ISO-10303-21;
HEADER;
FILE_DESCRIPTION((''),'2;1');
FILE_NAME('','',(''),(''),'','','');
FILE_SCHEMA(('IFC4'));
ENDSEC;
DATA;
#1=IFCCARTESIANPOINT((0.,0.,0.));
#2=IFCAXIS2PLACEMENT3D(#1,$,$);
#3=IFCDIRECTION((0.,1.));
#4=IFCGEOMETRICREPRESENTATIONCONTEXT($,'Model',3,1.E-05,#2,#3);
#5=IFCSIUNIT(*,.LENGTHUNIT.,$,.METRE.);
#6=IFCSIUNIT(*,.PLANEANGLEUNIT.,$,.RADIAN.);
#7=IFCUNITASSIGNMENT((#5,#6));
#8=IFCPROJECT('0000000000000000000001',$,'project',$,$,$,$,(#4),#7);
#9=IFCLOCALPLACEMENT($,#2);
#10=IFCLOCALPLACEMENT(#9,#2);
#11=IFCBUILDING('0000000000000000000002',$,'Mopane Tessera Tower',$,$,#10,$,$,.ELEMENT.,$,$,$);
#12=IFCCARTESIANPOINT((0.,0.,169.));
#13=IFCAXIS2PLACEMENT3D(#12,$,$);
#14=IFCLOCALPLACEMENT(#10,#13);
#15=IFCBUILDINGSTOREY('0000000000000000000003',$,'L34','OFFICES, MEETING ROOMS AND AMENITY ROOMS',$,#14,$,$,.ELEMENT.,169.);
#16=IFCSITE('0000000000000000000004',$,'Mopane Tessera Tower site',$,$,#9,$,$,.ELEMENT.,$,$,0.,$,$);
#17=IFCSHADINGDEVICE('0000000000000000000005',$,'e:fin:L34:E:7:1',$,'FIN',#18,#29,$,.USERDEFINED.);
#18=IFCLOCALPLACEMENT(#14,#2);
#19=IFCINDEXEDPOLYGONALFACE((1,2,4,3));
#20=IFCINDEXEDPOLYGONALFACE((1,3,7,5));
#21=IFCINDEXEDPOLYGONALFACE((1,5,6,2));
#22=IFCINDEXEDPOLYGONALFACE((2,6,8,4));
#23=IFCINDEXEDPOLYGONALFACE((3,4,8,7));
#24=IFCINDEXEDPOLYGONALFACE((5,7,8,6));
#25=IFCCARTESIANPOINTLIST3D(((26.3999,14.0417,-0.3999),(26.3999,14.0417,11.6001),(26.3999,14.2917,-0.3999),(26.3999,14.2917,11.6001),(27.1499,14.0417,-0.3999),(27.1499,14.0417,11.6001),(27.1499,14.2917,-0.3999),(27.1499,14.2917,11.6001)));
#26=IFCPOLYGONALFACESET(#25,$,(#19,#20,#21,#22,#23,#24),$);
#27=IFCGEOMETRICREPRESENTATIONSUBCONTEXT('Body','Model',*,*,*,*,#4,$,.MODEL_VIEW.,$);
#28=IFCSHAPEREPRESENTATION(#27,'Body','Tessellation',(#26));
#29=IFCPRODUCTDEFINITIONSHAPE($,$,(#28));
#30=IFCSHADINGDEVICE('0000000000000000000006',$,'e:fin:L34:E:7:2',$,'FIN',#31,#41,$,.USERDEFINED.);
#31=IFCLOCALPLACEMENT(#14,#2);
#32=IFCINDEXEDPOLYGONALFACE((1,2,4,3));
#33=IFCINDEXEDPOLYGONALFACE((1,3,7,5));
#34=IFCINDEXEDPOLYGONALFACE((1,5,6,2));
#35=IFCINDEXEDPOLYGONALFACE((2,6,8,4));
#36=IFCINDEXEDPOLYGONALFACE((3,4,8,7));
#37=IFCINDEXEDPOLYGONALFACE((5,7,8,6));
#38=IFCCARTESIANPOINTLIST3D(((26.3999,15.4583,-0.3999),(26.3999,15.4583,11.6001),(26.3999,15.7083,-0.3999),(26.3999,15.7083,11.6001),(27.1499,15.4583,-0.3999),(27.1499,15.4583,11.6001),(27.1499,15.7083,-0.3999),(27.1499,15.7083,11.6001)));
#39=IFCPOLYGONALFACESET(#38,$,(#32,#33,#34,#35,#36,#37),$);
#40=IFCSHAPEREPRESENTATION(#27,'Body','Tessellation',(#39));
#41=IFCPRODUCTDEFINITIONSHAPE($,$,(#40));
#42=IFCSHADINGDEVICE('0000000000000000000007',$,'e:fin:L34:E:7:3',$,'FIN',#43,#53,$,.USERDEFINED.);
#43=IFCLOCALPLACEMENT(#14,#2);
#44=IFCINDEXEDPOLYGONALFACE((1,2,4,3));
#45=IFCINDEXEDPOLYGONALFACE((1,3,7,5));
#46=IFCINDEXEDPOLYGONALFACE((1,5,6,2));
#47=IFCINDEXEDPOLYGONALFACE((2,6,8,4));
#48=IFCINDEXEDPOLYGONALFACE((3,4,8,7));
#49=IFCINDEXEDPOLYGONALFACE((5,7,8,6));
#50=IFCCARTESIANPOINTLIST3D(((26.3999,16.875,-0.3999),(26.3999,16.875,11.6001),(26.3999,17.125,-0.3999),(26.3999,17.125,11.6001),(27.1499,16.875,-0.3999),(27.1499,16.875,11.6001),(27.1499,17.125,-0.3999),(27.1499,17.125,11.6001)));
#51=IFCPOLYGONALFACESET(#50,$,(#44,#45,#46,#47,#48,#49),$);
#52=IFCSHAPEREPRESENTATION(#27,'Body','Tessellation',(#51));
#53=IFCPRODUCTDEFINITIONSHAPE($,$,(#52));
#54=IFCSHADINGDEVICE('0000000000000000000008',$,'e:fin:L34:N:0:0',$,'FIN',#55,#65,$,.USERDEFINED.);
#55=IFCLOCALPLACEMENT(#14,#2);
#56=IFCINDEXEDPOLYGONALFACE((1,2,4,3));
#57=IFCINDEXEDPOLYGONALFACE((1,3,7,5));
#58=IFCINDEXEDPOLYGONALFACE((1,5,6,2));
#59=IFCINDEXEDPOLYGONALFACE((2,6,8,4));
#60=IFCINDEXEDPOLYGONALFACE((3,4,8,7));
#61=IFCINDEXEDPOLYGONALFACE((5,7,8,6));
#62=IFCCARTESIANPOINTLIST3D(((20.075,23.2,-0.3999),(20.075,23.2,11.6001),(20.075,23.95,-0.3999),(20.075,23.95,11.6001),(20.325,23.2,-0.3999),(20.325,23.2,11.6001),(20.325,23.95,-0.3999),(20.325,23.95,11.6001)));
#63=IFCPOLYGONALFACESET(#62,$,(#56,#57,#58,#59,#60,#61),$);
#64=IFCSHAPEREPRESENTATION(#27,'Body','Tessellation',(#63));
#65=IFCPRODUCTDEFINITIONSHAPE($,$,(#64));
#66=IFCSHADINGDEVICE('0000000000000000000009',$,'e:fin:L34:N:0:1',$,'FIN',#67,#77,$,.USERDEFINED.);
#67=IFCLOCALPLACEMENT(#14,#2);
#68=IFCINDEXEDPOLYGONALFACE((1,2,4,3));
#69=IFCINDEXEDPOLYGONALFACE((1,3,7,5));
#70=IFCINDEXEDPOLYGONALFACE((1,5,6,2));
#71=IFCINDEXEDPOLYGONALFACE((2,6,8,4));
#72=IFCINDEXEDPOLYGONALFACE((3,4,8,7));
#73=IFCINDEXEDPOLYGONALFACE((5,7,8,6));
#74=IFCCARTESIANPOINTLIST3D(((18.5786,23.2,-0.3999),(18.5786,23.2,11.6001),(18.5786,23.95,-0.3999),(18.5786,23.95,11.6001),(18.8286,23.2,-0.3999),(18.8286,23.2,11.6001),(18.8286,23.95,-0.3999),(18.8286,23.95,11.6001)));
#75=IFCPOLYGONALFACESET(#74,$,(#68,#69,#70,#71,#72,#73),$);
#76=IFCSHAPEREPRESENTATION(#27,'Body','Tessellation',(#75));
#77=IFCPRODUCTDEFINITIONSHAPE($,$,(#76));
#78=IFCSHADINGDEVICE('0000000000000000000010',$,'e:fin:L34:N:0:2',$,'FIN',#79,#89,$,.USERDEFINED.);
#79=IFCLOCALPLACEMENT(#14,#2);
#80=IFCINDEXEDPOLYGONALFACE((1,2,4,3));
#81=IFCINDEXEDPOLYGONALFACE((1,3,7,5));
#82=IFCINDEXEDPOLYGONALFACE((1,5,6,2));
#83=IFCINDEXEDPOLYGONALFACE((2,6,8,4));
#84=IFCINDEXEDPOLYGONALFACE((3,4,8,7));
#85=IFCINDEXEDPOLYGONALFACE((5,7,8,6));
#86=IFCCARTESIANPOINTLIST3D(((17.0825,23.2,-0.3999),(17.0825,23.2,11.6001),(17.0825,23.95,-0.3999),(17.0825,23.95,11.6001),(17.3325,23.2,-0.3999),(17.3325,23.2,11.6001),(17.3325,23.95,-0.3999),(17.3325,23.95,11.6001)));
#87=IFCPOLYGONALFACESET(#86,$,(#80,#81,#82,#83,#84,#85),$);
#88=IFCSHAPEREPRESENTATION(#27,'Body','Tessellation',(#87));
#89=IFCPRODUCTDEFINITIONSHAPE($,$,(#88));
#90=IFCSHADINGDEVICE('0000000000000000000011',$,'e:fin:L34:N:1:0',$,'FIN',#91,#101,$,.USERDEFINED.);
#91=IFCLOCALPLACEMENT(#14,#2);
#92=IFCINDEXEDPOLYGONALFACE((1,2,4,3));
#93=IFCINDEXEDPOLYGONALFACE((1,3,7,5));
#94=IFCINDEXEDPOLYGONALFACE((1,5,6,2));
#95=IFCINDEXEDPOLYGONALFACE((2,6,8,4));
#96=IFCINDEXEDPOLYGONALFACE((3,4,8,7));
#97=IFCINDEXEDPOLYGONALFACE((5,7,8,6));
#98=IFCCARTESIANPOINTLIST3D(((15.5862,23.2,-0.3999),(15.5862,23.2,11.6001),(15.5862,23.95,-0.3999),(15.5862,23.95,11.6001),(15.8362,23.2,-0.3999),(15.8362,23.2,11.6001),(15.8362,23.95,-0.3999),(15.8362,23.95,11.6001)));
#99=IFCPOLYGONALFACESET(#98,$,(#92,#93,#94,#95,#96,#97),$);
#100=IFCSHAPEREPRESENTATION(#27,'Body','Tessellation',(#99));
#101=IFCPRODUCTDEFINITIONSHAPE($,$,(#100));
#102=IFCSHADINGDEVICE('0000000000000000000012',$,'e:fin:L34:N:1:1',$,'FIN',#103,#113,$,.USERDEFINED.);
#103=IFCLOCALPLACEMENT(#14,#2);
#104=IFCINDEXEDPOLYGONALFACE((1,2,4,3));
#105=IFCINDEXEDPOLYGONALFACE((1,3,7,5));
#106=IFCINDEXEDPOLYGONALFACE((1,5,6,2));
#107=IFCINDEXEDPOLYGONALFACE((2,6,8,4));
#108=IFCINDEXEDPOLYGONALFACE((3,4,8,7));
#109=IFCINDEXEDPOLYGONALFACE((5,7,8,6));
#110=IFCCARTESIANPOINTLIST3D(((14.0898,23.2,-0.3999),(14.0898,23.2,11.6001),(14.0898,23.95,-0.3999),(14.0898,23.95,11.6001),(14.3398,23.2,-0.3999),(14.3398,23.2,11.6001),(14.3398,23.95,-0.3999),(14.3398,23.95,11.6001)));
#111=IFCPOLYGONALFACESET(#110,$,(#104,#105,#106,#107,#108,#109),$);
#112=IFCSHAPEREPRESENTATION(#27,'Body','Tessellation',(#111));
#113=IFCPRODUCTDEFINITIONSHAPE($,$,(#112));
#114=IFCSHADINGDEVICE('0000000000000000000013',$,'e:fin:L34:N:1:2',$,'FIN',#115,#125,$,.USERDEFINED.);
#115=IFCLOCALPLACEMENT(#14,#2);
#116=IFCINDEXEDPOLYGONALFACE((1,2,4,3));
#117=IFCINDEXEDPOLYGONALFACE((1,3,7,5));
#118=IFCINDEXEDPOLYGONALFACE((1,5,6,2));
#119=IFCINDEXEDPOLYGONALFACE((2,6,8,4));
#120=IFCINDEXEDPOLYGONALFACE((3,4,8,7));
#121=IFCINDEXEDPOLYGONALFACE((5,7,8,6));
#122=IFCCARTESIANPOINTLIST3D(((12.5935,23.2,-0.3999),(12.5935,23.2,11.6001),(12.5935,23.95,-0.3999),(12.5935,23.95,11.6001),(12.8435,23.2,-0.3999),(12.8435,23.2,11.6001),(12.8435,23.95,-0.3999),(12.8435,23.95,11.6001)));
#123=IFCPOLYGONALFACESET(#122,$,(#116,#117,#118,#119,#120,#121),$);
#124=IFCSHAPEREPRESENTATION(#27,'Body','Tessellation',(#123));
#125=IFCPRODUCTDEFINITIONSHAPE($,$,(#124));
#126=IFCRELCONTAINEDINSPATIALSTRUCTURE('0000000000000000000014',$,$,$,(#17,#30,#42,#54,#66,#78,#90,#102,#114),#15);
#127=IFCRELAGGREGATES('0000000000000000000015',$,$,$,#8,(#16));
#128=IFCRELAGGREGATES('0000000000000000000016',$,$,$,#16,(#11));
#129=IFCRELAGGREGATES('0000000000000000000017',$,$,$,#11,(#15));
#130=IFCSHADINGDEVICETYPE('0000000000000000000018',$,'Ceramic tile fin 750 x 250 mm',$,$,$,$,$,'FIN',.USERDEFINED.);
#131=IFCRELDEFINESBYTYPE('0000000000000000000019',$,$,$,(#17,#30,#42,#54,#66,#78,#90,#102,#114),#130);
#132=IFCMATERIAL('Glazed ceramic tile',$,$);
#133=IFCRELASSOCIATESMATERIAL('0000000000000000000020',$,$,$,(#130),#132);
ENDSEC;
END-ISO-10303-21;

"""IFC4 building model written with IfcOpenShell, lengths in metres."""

from ifc_helpers import new_model, si_unit, direction, frame, origin, origin_2d, place, context, subcontext, project, spatial, rectangle, extrude, material, type_object, element, save


model = new_model("IFC4")

# Units and contexts
model_context = context("Model", 3, precision=1e-05, world=origin(), true_north=direction((0.0, 1.0)))
body_context = subcontext(model_context, "Body", "Model", "MODEL_VIEW")
ifc_project = project(units=[si_unit("LENGTHUNIT", "METRE"), si_unit("PLANEANGLEUNIT", "RADIAN")], contexts=[model_context])

# Site, building, storey
site_placement = place(None, origin())
site = spatial("IfcSite", under=ifc_project, at=site_placement, Name="Mopane Tessera Tower site", CompositionType="ELEMENT", RefElevation=0.0)
building_placement = place(site_placement, origin())
building = spatial("IfcBuilding", under=site, at=building_placement, Name="Mopane Tessera Tower", CompositionType="ELEMENT")
storey_placement = place(building_placement, frame((0.0, 0.0, 169.0)))
storey = spatial("IfcBuildingStorey", under=building, at=storey_placement, Name="L34", Description="OFFICES, MEETING ROOMS AND AMENITY ROOMS", CompositionType="ELEMENT", Elevation=169.0)

# Shading devices
ifc_material_1 = material(Name="Glazed ceramic tile")
shading_device_type = type_object("IfcShadingDeviceType", Name="Ceramic tile fin 750 x 250 mm", ElementType="FIN", PredefinedType="USERDEFINED", material=ifc_material_1)
for number, where, z_axis, x_axis, name in (
    (1, (26.7749, 14.1667, -0.3999), (0.0, 0.0, 1.0), (0.0, 1.0, 0.0), "e:fin:L34:E:7:1"),
    (2, (26.7749, 15.5833, -0.3999), (0.0, 0.0, 1.0), (0.0, 1.0, 0.0), "e:fin:L34:E:7:2"),
    (3, (26.7749, 17.0, -0.3999), (0.0, 0.0, 1.0), (0.0, 1.0, 0.0), "e:fin:L34:E:7:3"),
    (4, (20.2, 23.575, -0.3999), (0.0, 0.0, 1.0), (-1.0, 0.0, 0.0), "e:fin:L34:N:0:0"),
    (5, (18.7036, 23.575, -0.3999), (0.0, 0.0, 1.0), (-1.0, 0.0, 0.0), "e:fin:L34:N:0:1"),
    (6, (17.2075, 23.575, -0.3999), (0.0, 0.0, 1.0), (-1.0, 0.0, 0.0), "e:fin:L34:N:0:2"),
    (7, (15.7112, 23.575, -0.3999), (0.0, 0.0, 1.0), (-1.0, 0.0, 0.0), "e:fin:L34:N:1:0"),
    (8, (14.2148, 23.575, -0.3999), (0.0, 0.0, 1.0), (-1.0, 0.0, 0.0), "e:fin:L34:N:1:1"),
    (9, (12.7185, 23.575, -0.3999), (0.0, 0.0, 1.0), (-1.0, 0.0, 0.0), "e:fin:L34:N:1:2"),
):
    element("IfcShadingDevice", number, at=place(storey_placement, frame(where, z_axis=z_axis, x_axis=x_axis)), inside=storey, type_object=shading_device_type, Name=name, ObjectType="FIN", PredefinedType="USERDEFINED", context=body_context, shape_type="SweptSolid", body=[
        extrude(rectangle(XDim=0.25, YDim=0.75, at=origin_2d()), origin(), (0.0, 0.0, 1.0), 12.0),
    ])

save(model, "model.ifc")
